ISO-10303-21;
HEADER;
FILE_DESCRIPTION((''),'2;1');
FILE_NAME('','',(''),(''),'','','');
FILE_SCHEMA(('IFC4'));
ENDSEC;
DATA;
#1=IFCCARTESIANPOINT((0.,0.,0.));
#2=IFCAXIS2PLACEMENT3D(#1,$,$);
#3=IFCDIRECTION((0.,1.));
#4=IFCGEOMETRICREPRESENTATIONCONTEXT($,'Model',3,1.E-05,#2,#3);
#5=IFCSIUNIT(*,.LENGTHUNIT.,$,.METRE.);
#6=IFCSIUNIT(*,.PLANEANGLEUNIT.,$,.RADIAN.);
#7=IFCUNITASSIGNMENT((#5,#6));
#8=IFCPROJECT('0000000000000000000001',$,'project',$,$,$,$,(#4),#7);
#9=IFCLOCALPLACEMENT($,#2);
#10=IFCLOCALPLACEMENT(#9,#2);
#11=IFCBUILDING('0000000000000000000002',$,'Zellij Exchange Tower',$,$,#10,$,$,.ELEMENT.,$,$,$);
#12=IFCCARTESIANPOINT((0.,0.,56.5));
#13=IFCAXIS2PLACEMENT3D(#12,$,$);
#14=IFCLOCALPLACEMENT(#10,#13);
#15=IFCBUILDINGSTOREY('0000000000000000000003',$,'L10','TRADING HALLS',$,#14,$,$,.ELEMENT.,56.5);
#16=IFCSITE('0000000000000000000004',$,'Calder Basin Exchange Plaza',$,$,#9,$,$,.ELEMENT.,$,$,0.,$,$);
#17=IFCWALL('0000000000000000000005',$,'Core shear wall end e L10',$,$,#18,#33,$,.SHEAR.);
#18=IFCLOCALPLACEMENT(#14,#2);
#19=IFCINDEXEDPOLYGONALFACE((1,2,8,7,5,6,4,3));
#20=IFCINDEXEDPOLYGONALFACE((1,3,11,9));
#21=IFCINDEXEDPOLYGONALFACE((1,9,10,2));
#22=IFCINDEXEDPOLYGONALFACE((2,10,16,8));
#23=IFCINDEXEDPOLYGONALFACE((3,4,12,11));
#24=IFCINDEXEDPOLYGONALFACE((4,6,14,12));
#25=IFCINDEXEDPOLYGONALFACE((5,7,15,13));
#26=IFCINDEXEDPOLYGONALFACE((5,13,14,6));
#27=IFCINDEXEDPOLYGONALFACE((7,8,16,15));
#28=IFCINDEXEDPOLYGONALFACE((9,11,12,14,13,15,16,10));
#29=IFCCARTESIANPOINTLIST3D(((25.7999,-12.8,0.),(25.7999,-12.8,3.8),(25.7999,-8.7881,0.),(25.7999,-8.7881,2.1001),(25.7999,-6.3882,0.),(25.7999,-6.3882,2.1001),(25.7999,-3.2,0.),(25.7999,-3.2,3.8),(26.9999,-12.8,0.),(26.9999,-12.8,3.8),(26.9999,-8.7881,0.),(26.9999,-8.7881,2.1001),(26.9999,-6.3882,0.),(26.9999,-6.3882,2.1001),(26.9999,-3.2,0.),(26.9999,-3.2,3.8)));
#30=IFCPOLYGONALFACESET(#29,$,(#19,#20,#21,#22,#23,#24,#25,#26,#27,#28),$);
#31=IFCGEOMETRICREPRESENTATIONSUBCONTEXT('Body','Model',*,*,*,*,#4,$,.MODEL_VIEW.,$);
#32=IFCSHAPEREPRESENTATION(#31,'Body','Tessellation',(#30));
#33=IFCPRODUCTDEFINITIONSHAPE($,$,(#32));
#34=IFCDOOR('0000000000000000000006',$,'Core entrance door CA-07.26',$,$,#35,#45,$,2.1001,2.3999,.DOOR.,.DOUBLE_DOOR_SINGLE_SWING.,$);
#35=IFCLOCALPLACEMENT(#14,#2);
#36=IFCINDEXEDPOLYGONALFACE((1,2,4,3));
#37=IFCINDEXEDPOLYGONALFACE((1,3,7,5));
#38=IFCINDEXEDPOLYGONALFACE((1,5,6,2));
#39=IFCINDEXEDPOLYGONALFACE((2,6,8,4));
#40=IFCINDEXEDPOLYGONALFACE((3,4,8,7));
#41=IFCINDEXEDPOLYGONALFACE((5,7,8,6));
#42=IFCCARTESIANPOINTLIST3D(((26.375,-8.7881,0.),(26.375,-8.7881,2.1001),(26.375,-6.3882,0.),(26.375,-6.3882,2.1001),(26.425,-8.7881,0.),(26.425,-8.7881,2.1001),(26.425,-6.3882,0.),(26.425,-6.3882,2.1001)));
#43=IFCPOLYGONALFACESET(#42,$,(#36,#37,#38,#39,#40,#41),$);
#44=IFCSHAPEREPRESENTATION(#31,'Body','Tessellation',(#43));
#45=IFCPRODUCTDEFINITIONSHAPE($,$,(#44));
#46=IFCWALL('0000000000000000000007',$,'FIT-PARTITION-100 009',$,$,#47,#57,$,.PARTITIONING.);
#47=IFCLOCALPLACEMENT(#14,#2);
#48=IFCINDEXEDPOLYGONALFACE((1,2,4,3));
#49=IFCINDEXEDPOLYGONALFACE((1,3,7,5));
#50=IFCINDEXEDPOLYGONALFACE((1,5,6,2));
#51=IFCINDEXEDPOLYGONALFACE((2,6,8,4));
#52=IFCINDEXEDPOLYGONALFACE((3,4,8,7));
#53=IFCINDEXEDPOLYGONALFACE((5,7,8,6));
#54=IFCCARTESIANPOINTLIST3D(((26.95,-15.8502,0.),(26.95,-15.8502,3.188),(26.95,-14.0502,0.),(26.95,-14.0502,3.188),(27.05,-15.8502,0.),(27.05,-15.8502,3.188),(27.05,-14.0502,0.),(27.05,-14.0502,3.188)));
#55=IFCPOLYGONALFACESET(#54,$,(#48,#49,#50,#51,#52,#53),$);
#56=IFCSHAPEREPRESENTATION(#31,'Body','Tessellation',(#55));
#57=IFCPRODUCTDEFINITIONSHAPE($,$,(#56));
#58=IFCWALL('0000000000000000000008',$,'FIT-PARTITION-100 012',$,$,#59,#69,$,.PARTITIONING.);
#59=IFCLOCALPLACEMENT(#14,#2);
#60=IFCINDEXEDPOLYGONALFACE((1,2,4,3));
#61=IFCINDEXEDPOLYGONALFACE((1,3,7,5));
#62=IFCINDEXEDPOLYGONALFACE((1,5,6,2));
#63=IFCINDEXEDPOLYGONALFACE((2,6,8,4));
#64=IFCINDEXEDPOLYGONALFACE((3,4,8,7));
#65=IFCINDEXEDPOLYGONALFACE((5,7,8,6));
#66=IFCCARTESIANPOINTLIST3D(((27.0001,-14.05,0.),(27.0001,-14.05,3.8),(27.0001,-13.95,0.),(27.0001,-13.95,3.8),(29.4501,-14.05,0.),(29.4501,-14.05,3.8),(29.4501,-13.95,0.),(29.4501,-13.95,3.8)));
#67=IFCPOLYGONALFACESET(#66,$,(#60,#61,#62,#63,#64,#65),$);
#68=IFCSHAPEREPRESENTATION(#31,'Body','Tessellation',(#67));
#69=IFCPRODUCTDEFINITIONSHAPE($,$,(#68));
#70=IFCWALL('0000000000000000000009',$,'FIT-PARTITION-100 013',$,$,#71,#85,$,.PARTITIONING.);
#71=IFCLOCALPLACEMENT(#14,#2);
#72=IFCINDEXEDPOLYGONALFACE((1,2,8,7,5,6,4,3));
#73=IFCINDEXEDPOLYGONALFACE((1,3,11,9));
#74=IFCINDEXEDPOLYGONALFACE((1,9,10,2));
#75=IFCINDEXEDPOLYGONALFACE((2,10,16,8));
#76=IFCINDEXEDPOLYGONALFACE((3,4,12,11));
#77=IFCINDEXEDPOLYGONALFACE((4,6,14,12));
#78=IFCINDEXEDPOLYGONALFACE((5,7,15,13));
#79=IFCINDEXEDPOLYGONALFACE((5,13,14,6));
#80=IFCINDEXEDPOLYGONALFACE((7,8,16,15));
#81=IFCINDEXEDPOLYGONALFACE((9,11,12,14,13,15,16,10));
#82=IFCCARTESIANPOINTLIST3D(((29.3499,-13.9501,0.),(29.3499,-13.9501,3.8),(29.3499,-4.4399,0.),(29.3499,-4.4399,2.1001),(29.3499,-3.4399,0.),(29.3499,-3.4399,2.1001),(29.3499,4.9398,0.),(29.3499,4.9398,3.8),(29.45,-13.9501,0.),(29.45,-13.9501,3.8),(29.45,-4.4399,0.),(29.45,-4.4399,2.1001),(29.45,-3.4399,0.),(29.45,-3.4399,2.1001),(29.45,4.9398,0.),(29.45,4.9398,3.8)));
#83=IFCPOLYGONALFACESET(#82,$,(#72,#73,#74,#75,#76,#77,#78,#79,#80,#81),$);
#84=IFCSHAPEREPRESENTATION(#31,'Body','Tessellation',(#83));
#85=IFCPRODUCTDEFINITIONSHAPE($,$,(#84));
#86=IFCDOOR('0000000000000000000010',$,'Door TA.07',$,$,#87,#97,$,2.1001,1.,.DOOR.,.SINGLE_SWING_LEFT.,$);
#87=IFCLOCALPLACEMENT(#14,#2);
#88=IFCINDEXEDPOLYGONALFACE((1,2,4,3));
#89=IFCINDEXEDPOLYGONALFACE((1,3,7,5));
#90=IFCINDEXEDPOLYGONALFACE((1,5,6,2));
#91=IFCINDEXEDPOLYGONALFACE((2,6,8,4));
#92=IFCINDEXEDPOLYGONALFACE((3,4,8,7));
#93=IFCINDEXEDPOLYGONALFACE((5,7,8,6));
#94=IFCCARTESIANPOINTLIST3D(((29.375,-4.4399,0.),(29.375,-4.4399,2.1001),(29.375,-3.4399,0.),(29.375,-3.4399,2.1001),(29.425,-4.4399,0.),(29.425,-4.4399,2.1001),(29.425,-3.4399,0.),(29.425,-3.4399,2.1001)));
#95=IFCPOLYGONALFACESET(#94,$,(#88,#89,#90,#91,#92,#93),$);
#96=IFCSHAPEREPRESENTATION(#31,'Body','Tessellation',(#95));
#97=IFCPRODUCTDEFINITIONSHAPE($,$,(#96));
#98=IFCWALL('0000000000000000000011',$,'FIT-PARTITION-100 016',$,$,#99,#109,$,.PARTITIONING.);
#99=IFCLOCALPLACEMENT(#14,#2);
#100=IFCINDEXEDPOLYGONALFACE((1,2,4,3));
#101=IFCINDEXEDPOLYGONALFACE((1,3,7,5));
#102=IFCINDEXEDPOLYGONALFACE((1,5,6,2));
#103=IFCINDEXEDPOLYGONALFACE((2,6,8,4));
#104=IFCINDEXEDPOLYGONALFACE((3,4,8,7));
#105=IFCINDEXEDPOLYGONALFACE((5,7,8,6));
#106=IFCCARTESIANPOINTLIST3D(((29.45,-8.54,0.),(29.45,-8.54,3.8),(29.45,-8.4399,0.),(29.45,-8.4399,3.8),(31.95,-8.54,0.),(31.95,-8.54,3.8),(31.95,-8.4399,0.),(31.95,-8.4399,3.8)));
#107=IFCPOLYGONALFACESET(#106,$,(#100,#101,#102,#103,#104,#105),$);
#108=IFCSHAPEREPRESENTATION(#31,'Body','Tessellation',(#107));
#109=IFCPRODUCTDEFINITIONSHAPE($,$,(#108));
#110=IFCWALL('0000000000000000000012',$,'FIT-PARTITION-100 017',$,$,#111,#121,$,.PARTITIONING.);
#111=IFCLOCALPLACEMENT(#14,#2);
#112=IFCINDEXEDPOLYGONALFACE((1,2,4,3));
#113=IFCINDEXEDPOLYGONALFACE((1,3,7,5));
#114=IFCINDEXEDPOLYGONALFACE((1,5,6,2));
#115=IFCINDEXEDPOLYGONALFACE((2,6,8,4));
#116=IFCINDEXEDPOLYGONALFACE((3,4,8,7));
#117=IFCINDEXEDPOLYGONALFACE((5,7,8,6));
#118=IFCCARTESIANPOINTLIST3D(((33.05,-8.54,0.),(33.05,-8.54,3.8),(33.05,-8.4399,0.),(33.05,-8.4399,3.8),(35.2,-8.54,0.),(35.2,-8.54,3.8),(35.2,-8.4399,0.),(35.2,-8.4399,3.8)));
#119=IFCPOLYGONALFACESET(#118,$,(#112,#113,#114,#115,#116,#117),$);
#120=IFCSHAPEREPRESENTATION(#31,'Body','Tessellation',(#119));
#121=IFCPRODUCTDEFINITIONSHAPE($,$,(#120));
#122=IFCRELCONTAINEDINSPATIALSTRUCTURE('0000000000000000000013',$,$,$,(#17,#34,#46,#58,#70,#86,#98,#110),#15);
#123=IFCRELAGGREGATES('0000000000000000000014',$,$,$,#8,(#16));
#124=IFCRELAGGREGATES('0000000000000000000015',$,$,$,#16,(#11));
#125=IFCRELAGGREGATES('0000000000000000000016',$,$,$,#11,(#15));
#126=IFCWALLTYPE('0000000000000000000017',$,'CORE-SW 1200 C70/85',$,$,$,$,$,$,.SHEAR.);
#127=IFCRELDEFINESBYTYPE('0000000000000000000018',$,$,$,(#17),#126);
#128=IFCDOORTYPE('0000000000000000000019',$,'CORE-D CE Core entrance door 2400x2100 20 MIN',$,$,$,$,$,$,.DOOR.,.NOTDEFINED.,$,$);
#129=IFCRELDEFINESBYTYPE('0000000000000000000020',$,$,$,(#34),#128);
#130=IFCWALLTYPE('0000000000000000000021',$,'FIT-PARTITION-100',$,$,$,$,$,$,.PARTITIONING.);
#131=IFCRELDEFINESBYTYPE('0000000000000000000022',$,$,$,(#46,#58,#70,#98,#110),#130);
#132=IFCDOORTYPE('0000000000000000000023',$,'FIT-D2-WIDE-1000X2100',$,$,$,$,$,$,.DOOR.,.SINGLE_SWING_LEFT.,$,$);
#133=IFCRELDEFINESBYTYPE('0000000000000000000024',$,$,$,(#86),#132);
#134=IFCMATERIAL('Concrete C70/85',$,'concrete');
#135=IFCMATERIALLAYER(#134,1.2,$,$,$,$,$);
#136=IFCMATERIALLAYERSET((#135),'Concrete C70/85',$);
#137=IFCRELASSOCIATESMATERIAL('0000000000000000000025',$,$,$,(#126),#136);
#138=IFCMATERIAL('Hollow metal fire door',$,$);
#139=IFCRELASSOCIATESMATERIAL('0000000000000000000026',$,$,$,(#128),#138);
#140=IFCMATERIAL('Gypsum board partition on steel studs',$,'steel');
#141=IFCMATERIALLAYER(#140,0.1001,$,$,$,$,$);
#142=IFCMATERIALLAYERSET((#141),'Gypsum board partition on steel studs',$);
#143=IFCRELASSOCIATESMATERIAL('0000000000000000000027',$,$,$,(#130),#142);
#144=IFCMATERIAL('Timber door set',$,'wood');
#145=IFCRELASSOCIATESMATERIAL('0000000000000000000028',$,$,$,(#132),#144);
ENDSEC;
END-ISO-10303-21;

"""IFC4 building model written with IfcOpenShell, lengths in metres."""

from ifc_helpers import new_model, si_unit, direction, frame, frame_2d, origin, place, context, subcontext, project, spatial, rectangle, extrude, material, layer, layer_set, type_object, element, fill, save


model = new_model("IFC4")

# Units and contexts
model_context = context("Model", 3, precision=1e-05, world=origin(), true_north=direction((0.0, 1.0)))
body_context = subcontext(model_context, "Body", "Model", "MODEL_VIEW")
ifc_project = project(units=[si_unit("LENGTHUNIT", "METRE"), si_unit("PLANEANGLEUNIT", "RADIAN")], contexts=[model_context])

# Site, building, storey
site_placement = place(None, origin())
site = spatial("IfcSite", under=ifc_project, at=site_placement, Name="Calder Basin Exchange Plaza", CompositionType="ELEMENT", RefElevation=0.0)
building_placement = place(site_placement, origin())
building = spatial("IfcBuilding", under=site, at=building_placement, Name="Zellij Exchange Tower", CompositionType="ELEMENT")
storey_placement = place(building_placement, frame((0.0, 0.0, 56.5)))
storey = spatial("IfcBuildingStorey", under=building, at=storey_placement, Name="L10", Description="TRADING HALLS", CompositionType="ELEMENT", Elevation=56.5)

# Shared definitions
ifc_material_1 = material(Name="Concrete C70/85", Category="concrete")

# Wall, opening, door
ifc_layer_1 = layer(ifc_material_1, 1.2)
ifc_layer_set_1 = layer_set([ifc_layer_1], Name="Concrete C70/85")
wall_type_1 = type_object("IfcWallType", Name="CORE-SW 1200 C70/85", PredefinedType="SHEAR", material=ifc_layer_set_1)
wall_1_placement = place(storey_placement, frame((26.3999, -12.8, 0.0), z_axis=(0.0, 0.0, 1.0), x_axis=(0.0, 1.0, 0.0)))
wall_1 = element("IfcWall", 1, at=wall_1_placement, inside=storey, type_object=wall_type_1, Name="Core shear wall end e L10", PredefinedType="SHEAR", context=body_context, shape_type="SweptSolid", body=[
    extrude(rectangle(XDim=9.6001, YDim=1.2, at=frame_2d((4.8, 0.0))), origin(), (0.0, 0.0, 1.0), 3.8),
])
opening_1_placement = place(wall_1_placement, frame((4.012, 0.0, 0.0)))
opening_1 = element("IfcOpeningElement", 2, at=opening_1_placement, cuts=wall_1, PredefinedType="OPENING", context=body_context, shape_type="SweptSolid", body=[
    extrude(rectangle(XDim=2.3999, YDim=2.1001, at=frame_2d((1.2, 1.05))), frame((0.0, 0.6118, 0.0), z_axis=(0.0, -1.0, 0.0), x_axis=(1.0, 0.0, 0.0)), (0.0, 0.0, 1.0), 1.2239),
])
ifc_material_2 = material(Name="Hollow metal fire door")
door_type_1 = type_object("IfcDoorType", Name="CORE-D CE Core entrance door 2400x2100 20 MIN", OperationType="NOTDEFINED", PredefinedType="DOOR", material=ifc_material_2)
door_1_placement = place(opening_1_placement, origin())
door_1 = element("IfcDoor", 3, at=door_1_placement, inside=storey, type_object=door_type_1, Name="Core entrance door CA-07.26", OperationType="DOUBLE_DOOR_SINGLE_SWING", OverallHeight=2.1001, OverallWidth=2.3999, PredefinedType="DOOR", context=body_context, shape_type="SweptSolid", body=[
    extrude(rectangle(XDim=2.3999, YDim=2.1001, at=frame_2d((1.2, 1.05))), frame((0.0, 0.0249, 0.0), z_axis=(0.0, -1.0, 0.0), x_axis=(1.0, 0.0, 0.0)), (0.0, 0.0, 1.0), 0.05),
])
fill(opening_1, door_1)

# Walls
ifc_material_3 = material(Name="Gypsum board partition on steel studs", Category="steel")
ifc_layer_2 = layer(ifc_material_3, 0.1001)
ifc_layer_set_2 = layer_set([ifc_layer_2], Name="Gypsum board partition on steel studs")
wall_type_2 = type_object("IfcWallType", Name="FIT-PARTITION-100", PredefinedType="PARTITIONING", material=ifc_layer_set_2)
wall_2_placement = place(storey_placement, frame((27.0, -15.8501, 0.0), z_axis=(0.0, 0.0, 1.0), x_axis=(0.0, 1.0, 0.0)))
element("IfcWall", 4, at=wall_2_placement, inside=storey, type_object=wall_type_2, Name="FIT-PARTITION-100 009", PredefinedType="PARTITIONING", context=body_context, shape_type="SweptSolid", body=[
    extrude(rectangle(XDim=1.8, YDim=0.1001, at=frame_2d((0.8999, 0.0))), origin(), (0.0, 0.0, 1.0), 3.188),
])
wall_3_placement = place(storey_placement, frame((27.0, -14.0, 0.0), z_axis=(0.0, 0.0, 1.0), x_axis=(1.0, 0.0, 0.0)))
element("IfcWall", 5, at=wall_3_placement, inside=storey, type_object=wall_type_2, Name="FIT-PARTITION-100 012", PredefinedType="PARTITIONING", context=body_context, shape_type="SweptSolid", body=[
    extrude(rectangle(XDim=2.45, YDim=0.1001, at=frame_2d((1.2251, 0.0))), origin(), (0.0, 0.0, 1.0), 3.8),
])

# Wall, opening, door
wall_4_placement = place(storey_placement, frame((29.3999, -13.95, 0.0), z_axis=(0.0, 0.0, 1.0), x_axis=(0.0, 1.0, 0.0)))
wall_4 = element("IfcWall", 6, at=wall_4_placement, inside=storey, type_object=wall_type_2, Name="FIT-PARTITION-100 013", PredefinedType="PARTITIONING", context=body_context, shape_type="SweptSolid", body=[
    extrude(rectangle(XDim=18.8899, YDim=0.1001, at=frame_2d((9.4448, 0.0))), origin(), (0.0, 0.0, 1.0), 3.8),
])
opening_2_placement = place(wall_4_placement, frame((9.51, 0.0, 0.0)))
opening_2 = element("IfcOpeningElement", 7, at=opening_2_placement, cuts=wall_4, PredefinedType="OPENING", context=body_context, shape_type="SweptSolid", body=[
    extrude(rectangle(XDim=1.0, YDim=2.1001, at=frame_2d((0.5, 1.05))), frame((0.0, 0.062, 0.0), z_axis=(0.0, -1.0, 0.0), x_axis=(1.0, 0.0, 0.0)), (0.0, 0.0, 1.0), 0.124),
])
ifc_material_4 = material(Name="Timber door set", Category="wood")
door_type_2 = type_object("IfcDoorType", Name="FIT-D2-WIDE-1000X2100", OperationType="SINGLE_SWING_LEFT", PredefinedType="DOOR", material=ifc_material_4)
door_2_placement = place(opening_2_placement, origin())
door_2 = element("IfcDoor", 8, at=door_2_placement, inside=storey, type_object=door_type_2, Name="Door TA.07", OperationType="SINGLE_SWING_LEFT", OverallHeight=2.1001, OverallWidth=1.0, PredefinedType="DOOR", context=body_context, shape_type="SweptSolid", body=[
    extrude(rectangle(XDim=1.0, YDim=2.1001, at=frame_2d((0.5, 1.05))), frame((0.0, 0.0249, 0.0), z_axis=(0.0, -1.0, 0.0), x_axis=(1.0, 0.0, 0.0)), (0.0, 0.0, 1.0), 0.05),
])
fill(opening_2, door_2)

# Walls
wall_5_placement = place(storey_placement, frame((29.45, -8.49, 0.0), z_axis=(0.0, 0.0, 1.0), x_axis=(1.0, 0.0, 0.0)))
element("IfcWall", 9, at=wall_5_placement, inside=storey, type_object=wall_type_2, Name="FIT-PARTITION-100 016", PredefinedType="PARTITIONING", context=body_context, shape_type="SweptSolid", body=[
    extrude(rectangle(XDim=2.5, YDim=0.1001, at=frame_2d((1.25, 0.0))), origin(), (0.0, 0.0, 1.0), 3.8),
])
wall_6_placement = place(storey_placement, frame((33.05, -8.49, 0.0), z_axis=(0.0, 0.0, 1.0), x_axis=(1.0, 0.0, 0.0)))
element("IfcWall", 10, at=wall_6_placement, inside=storey, type_object=wall_type_2, Name="FIT-PARTITION-100 017", PredefinedType="PARTITIONING", context=body_context, shape_type="SweptSolid", body=[
    extrude(rectangle(XDim=2.1499, YDim=0.1001, at=frame_2d((1.075, 0.0))), origin(), (0.0, 0.0, 1.0), 3.8),
])

save(model, "model.ifc")
